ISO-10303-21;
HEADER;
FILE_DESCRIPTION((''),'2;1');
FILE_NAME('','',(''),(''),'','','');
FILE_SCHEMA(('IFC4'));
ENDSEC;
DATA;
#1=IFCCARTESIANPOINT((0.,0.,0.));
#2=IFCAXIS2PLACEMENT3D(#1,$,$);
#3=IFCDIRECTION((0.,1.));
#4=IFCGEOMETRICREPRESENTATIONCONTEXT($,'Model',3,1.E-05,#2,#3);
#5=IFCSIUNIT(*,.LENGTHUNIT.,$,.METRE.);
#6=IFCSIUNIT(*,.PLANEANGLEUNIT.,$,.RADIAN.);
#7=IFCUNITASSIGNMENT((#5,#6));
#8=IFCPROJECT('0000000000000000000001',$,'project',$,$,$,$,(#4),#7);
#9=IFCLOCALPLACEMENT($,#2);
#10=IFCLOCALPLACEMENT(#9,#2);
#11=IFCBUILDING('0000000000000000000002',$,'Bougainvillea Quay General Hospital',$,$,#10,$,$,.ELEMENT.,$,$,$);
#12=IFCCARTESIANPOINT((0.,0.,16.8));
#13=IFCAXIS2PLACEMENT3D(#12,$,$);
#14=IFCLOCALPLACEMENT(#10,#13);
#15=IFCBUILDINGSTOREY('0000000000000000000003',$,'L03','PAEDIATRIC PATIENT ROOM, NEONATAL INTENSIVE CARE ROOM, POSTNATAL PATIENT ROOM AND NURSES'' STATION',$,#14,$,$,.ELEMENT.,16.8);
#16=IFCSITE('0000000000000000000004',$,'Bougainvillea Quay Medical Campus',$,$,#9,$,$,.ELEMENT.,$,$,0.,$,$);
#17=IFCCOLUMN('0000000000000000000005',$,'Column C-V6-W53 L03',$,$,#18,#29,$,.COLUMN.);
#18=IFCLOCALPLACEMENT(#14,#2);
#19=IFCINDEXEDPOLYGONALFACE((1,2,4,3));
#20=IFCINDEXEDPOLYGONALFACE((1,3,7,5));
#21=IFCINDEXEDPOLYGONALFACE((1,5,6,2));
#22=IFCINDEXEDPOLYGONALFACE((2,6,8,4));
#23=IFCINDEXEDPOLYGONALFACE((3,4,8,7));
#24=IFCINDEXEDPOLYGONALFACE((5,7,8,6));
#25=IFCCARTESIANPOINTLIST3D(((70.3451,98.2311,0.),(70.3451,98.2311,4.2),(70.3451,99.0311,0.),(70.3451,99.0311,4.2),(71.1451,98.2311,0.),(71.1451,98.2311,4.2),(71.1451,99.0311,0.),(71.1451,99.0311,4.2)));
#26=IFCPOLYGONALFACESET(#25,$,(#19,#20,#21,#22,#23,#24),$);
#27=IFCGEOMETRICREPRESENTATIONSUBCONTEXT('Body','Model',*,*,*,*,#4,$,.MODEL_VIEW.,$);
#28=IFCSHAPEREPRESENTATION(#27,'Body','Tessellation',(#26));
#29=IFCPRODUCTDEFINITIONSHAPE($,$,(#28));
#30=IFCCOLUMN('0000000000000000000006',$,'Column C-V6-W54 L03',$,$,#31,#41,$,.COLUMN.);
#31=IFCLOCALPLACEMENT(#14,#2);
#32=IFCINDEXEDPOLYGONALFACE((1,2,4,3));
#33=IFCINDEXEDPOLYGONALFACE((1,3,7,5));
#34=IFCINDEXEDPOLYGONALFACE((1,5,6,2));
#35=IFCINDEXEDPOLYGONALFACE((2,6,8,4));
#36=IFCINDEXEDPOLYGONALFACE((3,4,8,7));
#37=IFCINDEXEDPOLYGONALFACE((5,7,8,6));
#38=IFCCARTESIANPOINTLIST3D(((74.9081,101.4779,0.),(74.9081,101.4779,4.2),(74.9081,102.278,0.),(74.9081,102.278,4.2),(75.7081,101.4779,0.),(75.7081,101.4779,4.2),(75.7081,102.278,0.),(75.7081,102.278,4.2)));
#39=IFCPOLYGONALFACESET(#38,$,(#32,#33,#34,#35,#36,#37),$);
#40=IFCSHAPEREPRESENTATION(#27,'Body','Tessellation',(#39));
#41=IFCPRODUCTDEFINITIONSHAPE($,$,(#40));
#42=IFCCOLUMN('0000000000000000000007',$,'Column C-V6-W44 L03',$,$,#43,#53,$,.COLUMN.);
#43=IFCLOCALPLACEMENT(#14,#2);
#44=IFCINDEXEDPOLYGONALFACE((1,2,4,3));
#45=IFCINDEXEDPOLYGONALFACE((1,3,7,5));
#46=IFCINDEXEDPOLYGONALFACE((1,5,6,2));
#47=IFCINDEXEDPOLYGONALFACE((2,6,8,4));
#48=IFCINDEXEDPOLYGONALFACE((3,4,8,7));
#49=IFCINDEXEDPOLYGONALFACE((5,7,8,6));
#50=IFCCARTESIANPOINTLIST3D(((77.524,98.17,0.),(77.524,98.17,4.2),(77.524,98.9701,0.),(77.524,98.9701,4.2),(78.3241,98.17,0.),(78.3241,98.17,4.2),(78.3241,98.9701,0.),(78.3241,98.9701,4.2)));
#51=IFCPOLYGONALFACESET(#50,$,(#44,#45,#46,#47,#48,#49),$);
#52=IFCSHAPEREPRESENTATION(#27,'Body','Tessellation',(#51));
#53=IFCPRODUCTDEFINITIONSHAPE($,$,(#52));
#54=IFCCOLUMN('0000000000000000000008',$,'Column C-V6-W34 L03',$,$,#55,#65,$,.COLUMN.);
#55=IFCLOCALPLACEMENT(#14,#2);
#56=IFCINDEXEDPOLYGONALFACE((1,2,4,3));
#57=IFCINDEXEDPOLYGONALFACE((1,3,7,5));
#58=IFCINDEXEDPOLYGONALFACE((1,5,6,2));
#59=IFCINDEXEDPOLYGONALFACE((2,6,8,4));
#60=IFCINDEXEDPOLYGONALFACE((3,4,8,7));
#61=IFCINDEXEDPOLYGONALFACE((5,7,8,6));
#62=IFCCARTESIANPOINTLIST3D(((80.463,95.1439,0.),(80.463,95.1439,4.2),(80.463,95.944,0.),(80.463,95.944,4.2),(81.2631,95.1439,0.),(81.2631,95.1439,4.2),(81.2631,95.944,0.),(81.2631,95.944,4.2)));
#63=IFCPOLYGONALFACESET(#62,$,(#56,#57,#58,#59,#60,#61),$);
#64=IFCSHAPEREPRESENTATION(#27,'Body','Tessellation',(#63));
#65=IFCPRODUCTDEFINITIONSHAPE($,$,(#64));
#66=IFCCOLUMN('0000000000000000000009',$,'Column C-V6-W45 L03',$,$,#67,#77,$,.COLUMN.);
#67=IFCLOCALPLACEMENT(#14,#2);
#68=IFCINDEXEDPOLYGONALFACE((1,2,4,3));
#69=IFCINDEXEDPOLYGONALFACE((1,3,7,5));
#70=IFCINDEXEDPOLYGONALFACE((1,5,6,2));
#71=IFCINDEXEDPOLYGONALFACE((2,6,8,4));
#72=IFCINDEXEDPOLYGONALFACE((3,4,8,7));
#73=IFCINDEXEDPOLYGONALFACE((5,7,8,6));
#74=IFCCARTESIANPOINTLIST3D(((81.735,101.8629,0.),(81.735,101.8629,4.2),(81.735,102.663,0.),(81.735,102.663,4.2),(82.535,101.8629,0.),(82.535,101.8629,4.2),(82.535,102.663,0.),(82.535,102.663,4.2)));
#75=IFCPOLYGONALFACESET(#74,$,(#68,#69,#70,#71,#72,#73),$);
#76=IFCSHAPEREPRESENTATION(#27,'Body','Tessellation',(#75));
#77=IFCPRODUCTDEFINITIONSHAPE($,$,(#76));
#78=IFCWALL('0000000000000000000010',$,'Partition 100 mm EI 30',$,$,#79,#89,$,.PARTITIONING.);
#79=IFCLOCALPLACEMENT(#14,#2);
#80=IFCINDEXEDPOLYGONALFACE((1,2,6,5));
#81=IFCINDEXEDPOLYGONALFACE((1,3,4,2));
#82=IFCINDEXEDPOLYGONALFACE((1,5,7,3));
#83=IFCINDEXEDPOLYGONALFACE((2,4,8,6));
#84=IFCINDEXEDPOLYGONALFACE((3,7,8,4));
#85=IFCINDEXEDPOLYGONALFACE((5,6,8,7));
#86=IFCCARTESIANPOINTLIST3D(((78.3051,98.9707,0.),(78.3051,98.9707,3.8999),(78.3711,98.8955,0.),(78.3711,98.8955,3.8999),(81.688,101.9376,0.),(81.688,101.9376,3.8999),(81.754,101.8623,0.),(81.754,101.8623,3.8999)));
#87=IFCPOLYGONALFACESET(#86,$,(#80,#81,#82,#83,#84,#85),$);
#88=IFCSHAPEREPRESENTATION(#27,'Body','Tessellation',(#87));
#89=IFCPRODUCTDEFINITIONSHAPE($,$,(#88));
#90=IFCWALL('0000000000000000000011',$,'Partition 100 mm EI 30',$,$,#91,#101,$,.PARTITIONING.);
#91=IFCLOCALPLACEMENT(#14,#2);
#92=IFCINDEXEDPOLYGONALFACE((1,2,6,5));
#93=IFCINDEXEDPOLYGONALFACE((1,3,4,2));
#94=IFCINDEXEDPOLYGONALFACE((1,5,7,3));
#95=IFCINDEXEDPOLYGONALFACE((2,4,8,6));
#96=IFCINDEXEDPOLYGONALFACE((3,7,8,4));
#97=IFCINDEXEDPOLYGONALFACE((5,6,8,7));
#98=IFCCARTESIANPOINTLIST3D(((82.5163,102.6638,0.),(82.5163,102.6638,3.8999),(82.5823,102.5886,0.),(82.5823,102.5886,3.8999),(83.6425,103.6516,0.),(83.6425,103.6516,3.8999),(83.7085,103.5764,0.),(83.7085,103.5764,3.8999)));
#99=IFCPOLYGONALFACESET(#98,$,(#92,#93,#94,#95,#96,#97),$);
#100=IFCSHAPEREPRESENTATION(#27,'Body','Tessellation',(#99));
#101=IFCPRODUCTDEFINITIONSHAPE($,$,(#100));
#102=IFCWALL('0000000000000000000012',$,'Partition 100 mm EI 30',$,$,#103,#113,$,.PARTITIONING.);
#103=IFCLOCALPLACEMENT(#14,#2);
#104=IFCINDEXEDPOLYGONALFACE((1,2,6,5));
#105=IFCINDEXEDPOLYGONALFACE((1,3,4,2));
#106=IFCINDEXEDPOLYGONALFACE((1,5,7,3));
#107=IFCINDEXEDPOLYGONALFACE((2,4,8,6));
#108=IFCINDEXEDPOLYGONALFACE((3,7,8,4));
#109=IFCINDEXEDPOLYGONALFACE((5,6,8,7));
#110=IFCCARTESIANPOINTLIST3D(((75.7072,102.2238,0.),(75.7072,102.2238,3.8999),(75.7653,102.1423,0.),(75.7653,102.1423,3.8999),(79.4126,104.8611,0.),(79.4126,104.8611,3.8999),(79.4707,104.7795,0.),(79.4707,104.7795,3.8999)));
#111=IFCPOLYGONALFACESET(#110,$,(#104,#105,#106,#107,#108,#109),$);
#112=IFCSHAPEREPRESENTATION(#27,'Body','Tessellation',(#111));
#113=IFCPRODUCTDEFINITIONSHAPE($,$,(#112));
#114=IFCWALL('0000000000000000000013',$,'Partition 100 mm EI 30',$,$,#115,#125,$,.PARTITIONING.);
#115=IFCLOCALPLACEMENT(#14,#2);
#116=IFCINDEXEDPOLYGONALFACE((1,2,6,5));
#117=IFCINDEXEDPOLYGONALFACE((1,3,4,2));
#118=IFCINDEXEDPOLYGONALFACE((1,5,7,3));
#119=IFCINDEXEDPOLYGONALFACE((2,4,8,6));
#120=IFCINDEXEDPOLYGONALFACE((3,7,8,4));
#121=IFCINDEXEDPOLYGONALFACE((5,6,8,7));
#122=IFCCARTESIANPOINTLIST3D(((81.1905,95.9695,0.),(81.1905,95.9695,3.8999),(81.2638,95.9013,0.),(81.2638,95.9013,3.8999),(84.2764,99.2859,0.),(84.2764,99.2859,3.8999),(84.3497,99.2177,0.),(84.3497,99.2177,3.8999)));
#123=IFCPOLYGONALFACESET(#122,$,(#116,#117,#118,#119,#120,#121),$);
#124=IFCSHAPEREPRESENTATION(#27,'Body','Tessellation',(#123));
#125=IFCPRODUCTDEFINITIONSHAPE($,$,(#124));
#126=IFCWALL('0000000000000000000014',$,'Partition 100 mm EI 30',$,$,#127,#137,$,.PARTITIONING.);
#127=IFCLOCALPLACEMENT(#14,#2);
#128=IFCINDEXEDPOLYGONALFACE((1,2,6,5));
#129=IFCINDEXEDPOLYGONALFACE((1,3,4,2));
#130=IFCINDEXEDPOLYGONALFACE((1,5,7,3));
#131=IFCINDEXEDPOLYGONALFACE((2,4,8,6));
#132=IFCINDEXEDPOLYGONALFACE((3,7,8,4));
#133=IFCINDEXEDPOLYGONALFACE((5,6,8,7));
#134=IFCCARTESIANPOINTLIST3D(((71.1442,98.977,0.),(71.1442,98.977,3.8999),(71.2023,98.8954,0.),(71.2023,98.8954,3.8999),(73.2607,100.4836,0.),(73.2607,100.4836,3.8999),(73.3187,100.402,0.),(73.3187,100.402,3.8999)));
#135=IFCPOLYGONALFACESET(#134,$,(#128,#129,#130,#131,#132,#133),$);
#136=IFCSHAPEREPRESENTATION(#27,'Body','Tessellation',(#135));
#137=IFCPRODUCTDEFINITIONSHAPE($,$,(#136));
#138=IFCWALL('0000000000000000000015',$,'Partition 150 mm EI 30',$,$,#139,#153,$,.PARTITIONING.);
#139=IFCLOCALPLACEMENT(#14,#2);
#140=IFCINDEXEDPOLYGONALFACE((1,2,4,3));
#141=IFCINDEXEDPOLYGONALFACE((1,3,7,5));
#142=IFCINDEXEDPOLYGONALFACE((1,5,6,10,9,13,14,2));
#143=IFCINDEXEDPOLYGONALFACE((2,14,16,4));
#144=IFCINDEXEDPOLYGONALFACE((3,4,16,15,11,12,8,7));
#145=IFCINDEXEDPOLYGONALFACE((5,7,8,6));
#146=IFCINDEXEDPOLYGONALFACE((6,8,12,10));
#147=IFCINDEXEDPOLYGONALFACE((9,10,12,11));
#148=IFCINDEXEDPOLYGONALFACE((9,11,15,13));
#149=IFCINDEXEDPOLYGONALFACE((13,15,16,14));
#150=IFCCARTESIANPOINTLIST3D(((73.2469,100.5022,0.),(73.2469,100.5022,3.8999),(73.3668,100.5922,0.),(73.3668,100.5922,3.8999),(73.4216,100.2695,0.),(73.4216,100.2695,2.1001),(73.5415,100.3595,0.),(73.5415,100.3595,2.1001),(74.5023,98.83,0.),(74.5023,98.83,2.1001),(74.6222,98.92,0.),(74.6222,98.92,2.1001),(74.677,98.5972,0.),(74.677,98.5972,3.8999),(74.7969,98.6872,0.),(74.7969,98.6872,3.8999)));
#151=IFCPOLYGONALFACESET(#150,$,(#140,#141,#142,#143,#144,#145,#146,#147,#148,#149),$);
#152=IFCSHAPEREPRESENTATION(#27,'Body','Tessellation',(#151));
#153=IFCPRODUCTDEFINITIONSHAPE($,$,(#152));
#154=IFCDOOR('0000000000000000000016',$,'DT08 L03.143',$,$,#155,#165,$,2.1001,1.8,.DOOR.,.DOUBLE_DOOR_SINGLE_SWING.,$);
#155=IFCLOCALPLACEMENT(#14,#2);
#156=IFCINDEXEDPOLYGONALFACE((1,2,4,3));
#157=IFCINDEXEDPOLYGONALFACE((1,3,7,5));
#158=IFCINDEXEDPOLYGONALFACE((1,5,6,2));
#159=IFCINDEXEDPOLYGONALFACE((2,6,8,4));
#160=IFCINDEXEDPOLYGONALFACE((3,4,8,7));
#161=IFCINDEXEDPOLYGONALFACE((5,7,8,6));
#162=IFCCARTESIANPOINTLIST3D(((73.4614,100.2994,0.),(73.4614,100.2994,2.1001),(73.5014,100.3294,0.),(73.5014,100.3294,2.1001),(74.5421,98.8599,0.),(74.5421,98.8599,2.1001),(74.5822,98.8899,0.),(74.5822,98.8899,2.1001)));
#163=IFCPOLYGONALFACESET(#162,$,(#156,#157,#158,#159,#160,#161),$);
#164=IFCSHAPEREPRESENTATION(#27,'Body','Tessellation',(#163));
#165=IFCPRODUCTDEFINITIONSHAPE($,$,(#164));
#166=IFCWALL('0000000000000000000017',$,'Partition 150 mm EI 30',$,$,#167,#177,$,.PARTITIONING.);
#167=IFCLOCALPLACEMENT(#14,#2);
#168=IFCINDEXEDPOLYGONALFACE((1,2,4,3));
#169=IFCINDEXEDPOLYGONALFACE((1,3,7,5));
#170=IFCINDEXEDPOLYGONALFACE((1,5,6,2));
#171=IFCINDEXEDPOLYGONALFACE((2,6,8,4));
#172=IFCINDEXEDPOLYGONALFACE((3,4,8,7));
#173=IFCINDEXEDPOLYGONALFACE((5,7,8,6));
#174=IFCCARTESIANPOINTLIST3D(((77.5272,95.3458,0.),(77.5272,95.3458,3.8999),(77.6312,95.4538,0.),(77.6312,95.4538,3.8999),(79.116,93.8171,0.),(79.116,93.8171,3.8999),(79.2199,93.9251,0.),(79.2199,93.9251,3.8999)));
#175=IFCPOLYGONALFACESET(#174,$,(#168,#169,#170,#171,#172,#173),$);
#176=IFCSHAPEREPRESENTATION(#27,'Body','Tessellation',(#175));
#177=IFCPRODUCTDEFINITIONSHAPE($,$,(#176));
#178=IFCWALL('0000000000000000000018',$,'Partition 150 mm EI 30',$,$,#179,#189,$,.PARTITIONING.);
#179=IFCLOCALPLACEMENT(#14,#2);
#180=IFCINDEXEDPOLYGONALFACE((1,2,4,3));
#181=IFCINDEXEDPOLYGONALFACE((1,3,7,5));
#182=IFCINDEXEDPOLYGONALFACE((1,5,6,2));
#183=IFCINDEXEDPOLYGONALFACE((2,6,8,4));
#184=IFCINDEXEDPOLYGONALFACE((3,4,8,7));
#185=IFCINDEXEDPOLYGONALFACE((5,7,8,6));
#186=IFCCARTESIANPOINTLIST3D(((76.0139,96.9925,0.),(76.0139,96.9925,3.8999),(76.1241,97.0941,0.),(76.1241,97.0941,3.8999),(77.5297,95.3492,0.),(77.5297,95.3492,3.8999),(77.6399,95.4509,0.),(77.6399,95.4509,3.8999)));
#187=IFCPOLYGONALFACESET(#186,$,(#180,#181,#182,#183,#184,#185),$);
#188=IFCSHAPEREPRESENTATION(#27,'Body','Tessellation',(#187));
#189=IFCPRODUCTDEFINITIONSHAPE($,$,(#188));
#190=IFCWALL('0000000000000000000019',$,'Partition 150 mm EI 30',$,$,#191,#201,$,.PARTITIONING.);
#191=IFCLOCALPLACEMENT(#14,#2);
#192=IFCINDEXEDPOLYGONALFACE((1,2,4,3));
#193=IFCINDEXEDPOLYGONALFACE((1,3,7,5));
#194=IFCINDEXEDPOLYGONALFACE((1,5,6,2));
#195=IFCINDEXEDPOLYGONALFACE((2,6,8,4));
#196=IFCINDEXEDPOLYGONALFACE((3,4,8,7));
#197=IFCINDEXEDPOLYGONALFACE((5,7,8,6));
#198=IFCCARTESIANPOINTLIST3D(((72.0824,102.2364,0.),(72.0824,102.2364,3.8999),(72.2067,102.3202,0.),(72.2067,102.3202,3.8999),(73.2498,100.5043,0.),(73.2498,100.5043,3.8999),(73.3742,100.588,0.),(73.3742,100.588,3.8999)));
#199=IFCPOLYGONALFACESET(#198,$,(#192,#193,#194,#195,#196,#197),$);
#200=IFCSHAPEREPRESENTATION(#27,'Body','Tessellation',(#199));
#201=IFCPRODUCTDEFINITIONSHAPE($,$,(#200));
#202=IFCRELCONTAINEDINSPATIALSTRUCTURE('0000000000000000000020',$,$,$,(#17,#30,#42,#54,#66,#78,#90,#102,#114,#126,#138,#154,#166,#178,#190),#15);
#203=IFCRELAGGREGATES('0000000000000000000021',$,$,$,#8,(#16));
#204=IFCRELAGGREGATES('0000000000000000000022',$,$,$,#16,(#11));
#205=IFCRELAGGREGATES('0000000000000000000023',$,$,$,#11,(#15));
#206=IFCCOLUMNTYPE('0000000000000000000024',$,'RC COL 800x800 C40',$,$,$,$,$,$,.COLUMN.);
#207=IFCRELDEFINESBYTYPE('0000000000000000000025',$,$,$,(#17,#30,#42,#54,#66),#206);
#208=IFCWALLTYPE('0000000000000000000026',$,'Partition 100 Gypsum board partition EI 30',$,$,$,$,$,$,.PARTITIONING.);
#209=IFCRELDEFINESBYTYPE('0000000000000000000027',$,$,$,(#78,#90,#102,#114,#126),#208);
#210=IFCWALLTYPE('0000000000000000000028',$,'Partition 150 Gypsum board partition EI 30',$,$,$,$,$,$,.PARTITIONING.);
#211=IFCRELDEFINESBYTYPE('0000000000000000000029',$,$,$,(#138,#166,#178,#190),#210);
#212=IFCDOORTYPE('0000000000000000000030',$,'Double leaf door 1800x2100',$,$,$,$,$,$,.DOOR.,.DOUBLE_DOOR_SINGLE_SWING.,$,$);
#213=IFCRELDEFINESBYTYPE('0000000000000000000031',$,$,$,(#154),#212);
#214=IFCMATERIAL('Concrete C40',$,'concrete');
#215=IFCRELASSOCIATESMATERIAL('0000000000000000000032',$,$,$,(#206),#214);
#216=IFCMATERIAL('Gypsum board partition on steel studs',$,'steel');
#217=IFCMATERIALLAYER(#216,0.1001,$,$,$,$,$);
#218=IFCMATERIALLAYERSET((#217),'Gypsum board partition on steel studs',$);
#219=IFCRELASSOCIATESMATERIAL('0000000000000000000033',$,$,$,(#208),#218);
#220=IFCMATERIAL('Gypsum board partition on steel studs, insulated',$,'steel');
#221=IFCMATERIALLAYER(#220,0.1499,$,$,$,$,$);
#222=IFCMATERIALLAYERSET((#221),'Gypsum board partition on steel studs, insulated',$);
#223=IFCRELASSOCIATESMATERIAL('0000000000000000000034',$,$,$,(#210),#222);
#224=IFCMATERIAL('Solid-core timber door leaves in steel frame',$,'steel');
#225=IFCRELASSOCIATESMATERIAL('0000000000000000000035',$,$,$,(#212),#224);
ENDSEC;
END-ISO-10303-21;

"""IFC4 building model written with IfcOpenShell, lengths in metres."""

from ifc_helpers import new_model, si_unit, direction, frame, frame_2d, origin, origin_2d, place, context, subcontext, project, spatial, rectangle, extrude, material, layer, layer_set, material_profile, profile_set, type_object, element, fill, save


model = new_model("IFC4")

# Units and contexts
model_context = context("Model", 3, precision=1e-05, world=origin(), true_north=direction((0.0, 1.0)))
body_context = subcontext(model_context, "Body", "Model", "MODEL_VIEW")
ifc_project = project(units=[si_unit("LENGTHUNIT", "METRE"), si_unit("PLANEANGLEUNIT", "RADIAN")], contexts=[model_context])

# Site, building, storey
site_placement = place(None, origin())
site = spatial("IfcSite", under=ifc_project, at=site_placement, Name="Bougainvillea Quay Medical Campus", CompositionType="ELEMENT", RefElevation=0.0)
building_placement = place(site_placement, origin())
building = spatial("IfcBuilding", under=site, at=building_placement, Name="Bougainvillea Quay General Hospital", CompositionType="ELEMENT")
storey_placement = place(building_placement, frame((0.0, 0.0, 16.8)))
storey = spatial("IfcBuildingStorey", under=building, at=storey_placement, Name="L03", Description="PAEDIATRIC PATIENT ROOM, NEONATAL INTENSIVE CARE ROOM, POSTNATAL PATIENT ROOM AND NURSES' STATION", CompositionType="ELEMENT", Elevation=16.8)

# Columns
ifc_material_1 = material(Name="Concrete C40", Category="concrete")
ifc_material_profile = material_profile(ifc_material_1, rectangle(XDim=0.8, YDim=0.8, at=origin_2d()))
ifc_profile_set = profile_set([ifc_material_profile], Name="Concrete C40")
column_type = type_object("IfcColumnType", Name="RC COL 800x800 C40", PredefinedType="COLUMN", material=ifc_profile_set)
for number, where, z_axis, x_axis, name in (
    (1, (70.7451, 98.6311, 0.0), (0.0, 0.0, 1.0), (1.0, 0.0, 0.0), "Column C-V6-W53 L03"),
    (2, (75.3081, 101.8779, 0.0), (0.0, 0.0, 1.0), (1.0, 0.0, 0.0), "Column C-V6-W54 L03"),
    (3, (77.9241, 98.5701, 0.0), (0.0, 0.0, 1.0), (1.0, 0.0, 0.0), "Column C-V6-W44 L03"),
    (4, (80.863, 95.5439, 0.0), (0.0, 0.0, 1.0), (1.0, 0.0, 0.0), "Column C-V6-W34 L03"),
    (5, (82.135, 102.2629, 0.0), (0.0, 0.0, 1.0), (1.0, 0.0, 0.0), "Column C-V6-W45 L03"),
):
    element("IfcColumn", number, at=place(storey_placement, frame(where, z_axis=z_axis, x_axis=x_axis)), inside=storey, type_object=column_type, Name=name, PredefinedType="COLUMN", context=body_context, shape_type="SweptSolid", body=[
        extrude(rectangle(XDim=0.8, YDim=0.8, at=origin_2d()), origin(), (0.0, 0.0, 1.0), 4.2),
    ])

# Walls
ifc_material_2 = material(Name="Gypsum board partition on steel studs", Category="steel")
ifc_layer_1 = layer(ifc_material_2, 0.1001)
ifc_layer_set_1 = layer_set([ifc_layer_1], Name="Gypsum board partition on steel studs")
wall_type_1 = type_object("IfcWallType", Name="Partition 100 Gypsum board partition EI 30", PredefinedType="PARTITIONING", material=ifc_layer_set_1)
wall_1_placement = place(storey_placement, frame((78.3381, 98.9331, 0.0), z_axis=(0.0, 0.0, 1.0), x_axis=(0.751823, 0.659365, 0.0)))
element("IfcWall", 6, at=wall_1_placement, inside=storey, type_object=wall_type_1, Name="Partition 100 mm EI 30", PredefinedType="PARTITIONING", context=body_context, shape_type="SweptSolid", body=[
    extrude(rectangle(XDim=4.4995, YDim=0.1001, at=frame_2d((2.2498, 0.0))), origin(), (0.0, 0.0, 1.0), 3.8999),
])
wall_2_placement = place(storey_placement, frame((82.5493, 102.6262, 0.0), z_axis=(0.0, 0.0, 1.0), x_axis=(0.751799, 0.659393, 0.0)))
element("IfcWall", 7, at=wall_2_placement, inside=storey, type_object=wall_type_1, Name="Partition 100 mm EI 30", PredefinedType="PARTITIONING", context=body_context, shape_type="SweptSolid", body=[
    extrude(rectangle(XDim=1.498, YDim=0.1001, at=frame_2d((0.749, 0.0))), origin(), (0.0, 0.0, 1.0), 3.8999),
])
wall_3_placement = place(storey_placement, frame((75.7363, 102.1831, 0.0), z_axis=(0.0, 0.0, 1.0), x_axis=(0.814715, 0.579861, 0.0)))
element("IfcWall", 8, at=wall_3_placement, inside=storey, type_object=wall_type_1, Name="Partition 100 mm EI 30", PredefinedType="PARTITIONING", context=body_context, shape_type="SweptSolid", body=[
    extrude(rectangle(XDim=4.5481, YDim=0.1001, at=frame_2d((2.2739, 0.0))), origin(), (0.0, 0.0, 1.0), 3.8999),
])
wall_4_placement = place(storey_placement, frame((81.2271, 95.9353, 0.0), z_axis=(0.0, 0.0, 1.0), x_axis=(0.681211, 0.732087, 0.0)))
element("IfcWall", 9, at=wall_4_placement, inside=storey, type_object=wall_type_1, Name="Partition 100 mm EI 30", PredefinedType="PARTITIONING", context=body_context, shape_type="SweptSolid", body=[
    extrude(rectangle(XDim=4.53, YDim=0.1001, at=frame_2d((2.2651, 0.0))), origin(), (0.0, 0.0, 1.0), 3.8999),
])
wall_5_placement = place(storey_placement, frame((71.1733, 98.9363, 0.0), z_axis=(0.0, 0.0, 1.0), x_axis=(0.814672, 0.579922, 0.0)))
element("IfcWall", 10, at=wall_5_placement, inside=storey, type_object=wall_type_1, Name="Partition 100 mm EI 30", PredefinedType="PARTITIONING", context=body_context, shape_type="SweptSolid", body=[
    extrude(rectangle(XDim=2.5979, YDim=0.1001, at=frame_2d((1.2988, 0.0))), origin(), (0.0, 0.0, 1.0), 3.8999),
])

# Wall, opening, door
ifc_material_3 = material(Name="Gypsum board partition on steel studs, insulated", Category="steel")
ifc_layer_2 = layer(ifc_material_3, 0.1499)
ifc_layer_set_2 = layer_set([ifc_layer_2], Name="Gypsum board partition on steel studs, insulated")
wall_type_2 = type_object("IfcWallType", Name="Partition 150 Gypsum board partition EI 30", PredefinedType="PARTITIONING", material=ifc_layer_set_2)
wall_6_placement = place(storey_placement, frame((73.3069, 100.5471, 0.0), z_axis=(0.0, 0.0, 1.0), x_axis=(0.600377, -0.799717, 0.0)))
wall_6 = element("IfcWall", 11, at=wall_6_placement, inside=storey, type_object=wall_type_2, Name="Partition 150 mm EI 30", PredefinedType="PARTITIONING", context=body_context, shape_type="SweptSolid", body=[
    extrude(rectangle(XDim=2.3821, YDim=0.1499, at=frame_2d((1.1909, 0.0))), origin(), (0.0, 0.0, 1.0), 3.8999),
])
opening_1_placement = place(wall_6_placement, frame((0.291, 0.0, 0.0)))
opening_1 = element("IfcOpeningElement", 12, at=opening_1_placement, cuts=wall_6, PredefinedType="OPENING", context=body_context, shape_type="SweptSolid", body=[
    extrude(rectangle(XDim=1.8, YDim=2.1001, at=frame_2d((0.8999, 1.05))), frame((0.0, 0.085, 0.0), z_axis=(0.0, -1.0, 0.0), x_axis=(1.0, 0.0, 0.0)), (0.0, 0.0, 1.0), 0.1699),
])
ifc_material_4 = material(Name="Solid-core timber door leaves in steel frame", Category="steel")
door_type_1 = type_object("IfcDoorType", Name="Double leaf door 1800x2100", OperationType="DOUBLE_DOOR_SINGLE_SWING", PredefinedType="DOOR", material=ifc_material_4)
door_1_placement = place(opening_1_placement, origin())
door_1 = element("IfcDoor", 13, at=door_1_placement, inside=storey, type_object=door_type_1, Name="DT08 L03.143", OperationType="DOUBLE_DOOR_SINGLE_SWING", OverallHeight=2.1001, OverallWidth=1.8, PredefinedType="DOOR", context=body_context, shape_type="SweptSolid", body=[
    extrude(rectangle(XDim=1.8, YDim=2.1001, at=frame_2d((0.8999, 1.05))), frame((0.0, 0.0249, 0.0), z_axis=(0.0, -1.0, 0.0), x_axis=(1.0, 0.0, 0.0)), (0.0, 0.0, 1.0), 0.05),
])
fill(opening_1, door_1)

# Walls
wall_7_placement = place(storey_placement, frame((77.5791, 95.3999, 0.0), z_axis=(0.0, 0.0, 1.0), x_axis=(0.720595, -0.693357, 0.0)))
element("IfcWall", 14, at=wall_7_placement, inside=storey, type_object=wall_type_2, Name="Partition 150 mm EI 30", PredefinedType="PARTITIONING", context=body_context, shape_type="SweptSolid", body=[
    extrude(rectangle(XDim=2.2048, YDim=0.1499, at=frame_2d((1.1025, 0.0))), origin(), (0.0, 0.0, 1.0), 3.8999),
])
wall_8_placement = place(storey_placement, frame((76.0691, 97.0432, 0.0), z_axis=(0.0, 0.0, 1.0), x_axis=(0.678031, -0.735034, 0.0)))
element("IfcWall", 15, at=wall_8_placement, inside=storey, type_object=wall_type_2, Name="Partition 150 mm EI 30", PredefinedType="PARTITIONING", context=body_context, shape_type="SweptSolid", body=[
    extrude(rectangle(XDim=2.2356, YDim=0.1499, at=frame_2d((1.1177, 0.0))), origin(), (0.0, 0.0, 1.0), 3.8999),
])
wall_9_placement = place(storey_placement, frame((72.1445, 102.2783, 0.0), z_axis=(0.0, 0.0, 1.0), x_axis=(0.558901, -0.829235, 0.0)))
element("IfcWall", 16, at=wall_9_placement, inside=storey, type_object=wall_type_2, Name="Partition 150 mm EI 30", PredefinedType="PARTITIONING", context=body_context, shape_type="SweptSolid", body=[
    extrude(rectangle(XDim=2.0889, YDim=0.1499, at=frame_2d((1.0444, 0.0))), origin(), (0.0, 0.0, 1.0), 3.8999),
])

save(model, "model.ifc")
